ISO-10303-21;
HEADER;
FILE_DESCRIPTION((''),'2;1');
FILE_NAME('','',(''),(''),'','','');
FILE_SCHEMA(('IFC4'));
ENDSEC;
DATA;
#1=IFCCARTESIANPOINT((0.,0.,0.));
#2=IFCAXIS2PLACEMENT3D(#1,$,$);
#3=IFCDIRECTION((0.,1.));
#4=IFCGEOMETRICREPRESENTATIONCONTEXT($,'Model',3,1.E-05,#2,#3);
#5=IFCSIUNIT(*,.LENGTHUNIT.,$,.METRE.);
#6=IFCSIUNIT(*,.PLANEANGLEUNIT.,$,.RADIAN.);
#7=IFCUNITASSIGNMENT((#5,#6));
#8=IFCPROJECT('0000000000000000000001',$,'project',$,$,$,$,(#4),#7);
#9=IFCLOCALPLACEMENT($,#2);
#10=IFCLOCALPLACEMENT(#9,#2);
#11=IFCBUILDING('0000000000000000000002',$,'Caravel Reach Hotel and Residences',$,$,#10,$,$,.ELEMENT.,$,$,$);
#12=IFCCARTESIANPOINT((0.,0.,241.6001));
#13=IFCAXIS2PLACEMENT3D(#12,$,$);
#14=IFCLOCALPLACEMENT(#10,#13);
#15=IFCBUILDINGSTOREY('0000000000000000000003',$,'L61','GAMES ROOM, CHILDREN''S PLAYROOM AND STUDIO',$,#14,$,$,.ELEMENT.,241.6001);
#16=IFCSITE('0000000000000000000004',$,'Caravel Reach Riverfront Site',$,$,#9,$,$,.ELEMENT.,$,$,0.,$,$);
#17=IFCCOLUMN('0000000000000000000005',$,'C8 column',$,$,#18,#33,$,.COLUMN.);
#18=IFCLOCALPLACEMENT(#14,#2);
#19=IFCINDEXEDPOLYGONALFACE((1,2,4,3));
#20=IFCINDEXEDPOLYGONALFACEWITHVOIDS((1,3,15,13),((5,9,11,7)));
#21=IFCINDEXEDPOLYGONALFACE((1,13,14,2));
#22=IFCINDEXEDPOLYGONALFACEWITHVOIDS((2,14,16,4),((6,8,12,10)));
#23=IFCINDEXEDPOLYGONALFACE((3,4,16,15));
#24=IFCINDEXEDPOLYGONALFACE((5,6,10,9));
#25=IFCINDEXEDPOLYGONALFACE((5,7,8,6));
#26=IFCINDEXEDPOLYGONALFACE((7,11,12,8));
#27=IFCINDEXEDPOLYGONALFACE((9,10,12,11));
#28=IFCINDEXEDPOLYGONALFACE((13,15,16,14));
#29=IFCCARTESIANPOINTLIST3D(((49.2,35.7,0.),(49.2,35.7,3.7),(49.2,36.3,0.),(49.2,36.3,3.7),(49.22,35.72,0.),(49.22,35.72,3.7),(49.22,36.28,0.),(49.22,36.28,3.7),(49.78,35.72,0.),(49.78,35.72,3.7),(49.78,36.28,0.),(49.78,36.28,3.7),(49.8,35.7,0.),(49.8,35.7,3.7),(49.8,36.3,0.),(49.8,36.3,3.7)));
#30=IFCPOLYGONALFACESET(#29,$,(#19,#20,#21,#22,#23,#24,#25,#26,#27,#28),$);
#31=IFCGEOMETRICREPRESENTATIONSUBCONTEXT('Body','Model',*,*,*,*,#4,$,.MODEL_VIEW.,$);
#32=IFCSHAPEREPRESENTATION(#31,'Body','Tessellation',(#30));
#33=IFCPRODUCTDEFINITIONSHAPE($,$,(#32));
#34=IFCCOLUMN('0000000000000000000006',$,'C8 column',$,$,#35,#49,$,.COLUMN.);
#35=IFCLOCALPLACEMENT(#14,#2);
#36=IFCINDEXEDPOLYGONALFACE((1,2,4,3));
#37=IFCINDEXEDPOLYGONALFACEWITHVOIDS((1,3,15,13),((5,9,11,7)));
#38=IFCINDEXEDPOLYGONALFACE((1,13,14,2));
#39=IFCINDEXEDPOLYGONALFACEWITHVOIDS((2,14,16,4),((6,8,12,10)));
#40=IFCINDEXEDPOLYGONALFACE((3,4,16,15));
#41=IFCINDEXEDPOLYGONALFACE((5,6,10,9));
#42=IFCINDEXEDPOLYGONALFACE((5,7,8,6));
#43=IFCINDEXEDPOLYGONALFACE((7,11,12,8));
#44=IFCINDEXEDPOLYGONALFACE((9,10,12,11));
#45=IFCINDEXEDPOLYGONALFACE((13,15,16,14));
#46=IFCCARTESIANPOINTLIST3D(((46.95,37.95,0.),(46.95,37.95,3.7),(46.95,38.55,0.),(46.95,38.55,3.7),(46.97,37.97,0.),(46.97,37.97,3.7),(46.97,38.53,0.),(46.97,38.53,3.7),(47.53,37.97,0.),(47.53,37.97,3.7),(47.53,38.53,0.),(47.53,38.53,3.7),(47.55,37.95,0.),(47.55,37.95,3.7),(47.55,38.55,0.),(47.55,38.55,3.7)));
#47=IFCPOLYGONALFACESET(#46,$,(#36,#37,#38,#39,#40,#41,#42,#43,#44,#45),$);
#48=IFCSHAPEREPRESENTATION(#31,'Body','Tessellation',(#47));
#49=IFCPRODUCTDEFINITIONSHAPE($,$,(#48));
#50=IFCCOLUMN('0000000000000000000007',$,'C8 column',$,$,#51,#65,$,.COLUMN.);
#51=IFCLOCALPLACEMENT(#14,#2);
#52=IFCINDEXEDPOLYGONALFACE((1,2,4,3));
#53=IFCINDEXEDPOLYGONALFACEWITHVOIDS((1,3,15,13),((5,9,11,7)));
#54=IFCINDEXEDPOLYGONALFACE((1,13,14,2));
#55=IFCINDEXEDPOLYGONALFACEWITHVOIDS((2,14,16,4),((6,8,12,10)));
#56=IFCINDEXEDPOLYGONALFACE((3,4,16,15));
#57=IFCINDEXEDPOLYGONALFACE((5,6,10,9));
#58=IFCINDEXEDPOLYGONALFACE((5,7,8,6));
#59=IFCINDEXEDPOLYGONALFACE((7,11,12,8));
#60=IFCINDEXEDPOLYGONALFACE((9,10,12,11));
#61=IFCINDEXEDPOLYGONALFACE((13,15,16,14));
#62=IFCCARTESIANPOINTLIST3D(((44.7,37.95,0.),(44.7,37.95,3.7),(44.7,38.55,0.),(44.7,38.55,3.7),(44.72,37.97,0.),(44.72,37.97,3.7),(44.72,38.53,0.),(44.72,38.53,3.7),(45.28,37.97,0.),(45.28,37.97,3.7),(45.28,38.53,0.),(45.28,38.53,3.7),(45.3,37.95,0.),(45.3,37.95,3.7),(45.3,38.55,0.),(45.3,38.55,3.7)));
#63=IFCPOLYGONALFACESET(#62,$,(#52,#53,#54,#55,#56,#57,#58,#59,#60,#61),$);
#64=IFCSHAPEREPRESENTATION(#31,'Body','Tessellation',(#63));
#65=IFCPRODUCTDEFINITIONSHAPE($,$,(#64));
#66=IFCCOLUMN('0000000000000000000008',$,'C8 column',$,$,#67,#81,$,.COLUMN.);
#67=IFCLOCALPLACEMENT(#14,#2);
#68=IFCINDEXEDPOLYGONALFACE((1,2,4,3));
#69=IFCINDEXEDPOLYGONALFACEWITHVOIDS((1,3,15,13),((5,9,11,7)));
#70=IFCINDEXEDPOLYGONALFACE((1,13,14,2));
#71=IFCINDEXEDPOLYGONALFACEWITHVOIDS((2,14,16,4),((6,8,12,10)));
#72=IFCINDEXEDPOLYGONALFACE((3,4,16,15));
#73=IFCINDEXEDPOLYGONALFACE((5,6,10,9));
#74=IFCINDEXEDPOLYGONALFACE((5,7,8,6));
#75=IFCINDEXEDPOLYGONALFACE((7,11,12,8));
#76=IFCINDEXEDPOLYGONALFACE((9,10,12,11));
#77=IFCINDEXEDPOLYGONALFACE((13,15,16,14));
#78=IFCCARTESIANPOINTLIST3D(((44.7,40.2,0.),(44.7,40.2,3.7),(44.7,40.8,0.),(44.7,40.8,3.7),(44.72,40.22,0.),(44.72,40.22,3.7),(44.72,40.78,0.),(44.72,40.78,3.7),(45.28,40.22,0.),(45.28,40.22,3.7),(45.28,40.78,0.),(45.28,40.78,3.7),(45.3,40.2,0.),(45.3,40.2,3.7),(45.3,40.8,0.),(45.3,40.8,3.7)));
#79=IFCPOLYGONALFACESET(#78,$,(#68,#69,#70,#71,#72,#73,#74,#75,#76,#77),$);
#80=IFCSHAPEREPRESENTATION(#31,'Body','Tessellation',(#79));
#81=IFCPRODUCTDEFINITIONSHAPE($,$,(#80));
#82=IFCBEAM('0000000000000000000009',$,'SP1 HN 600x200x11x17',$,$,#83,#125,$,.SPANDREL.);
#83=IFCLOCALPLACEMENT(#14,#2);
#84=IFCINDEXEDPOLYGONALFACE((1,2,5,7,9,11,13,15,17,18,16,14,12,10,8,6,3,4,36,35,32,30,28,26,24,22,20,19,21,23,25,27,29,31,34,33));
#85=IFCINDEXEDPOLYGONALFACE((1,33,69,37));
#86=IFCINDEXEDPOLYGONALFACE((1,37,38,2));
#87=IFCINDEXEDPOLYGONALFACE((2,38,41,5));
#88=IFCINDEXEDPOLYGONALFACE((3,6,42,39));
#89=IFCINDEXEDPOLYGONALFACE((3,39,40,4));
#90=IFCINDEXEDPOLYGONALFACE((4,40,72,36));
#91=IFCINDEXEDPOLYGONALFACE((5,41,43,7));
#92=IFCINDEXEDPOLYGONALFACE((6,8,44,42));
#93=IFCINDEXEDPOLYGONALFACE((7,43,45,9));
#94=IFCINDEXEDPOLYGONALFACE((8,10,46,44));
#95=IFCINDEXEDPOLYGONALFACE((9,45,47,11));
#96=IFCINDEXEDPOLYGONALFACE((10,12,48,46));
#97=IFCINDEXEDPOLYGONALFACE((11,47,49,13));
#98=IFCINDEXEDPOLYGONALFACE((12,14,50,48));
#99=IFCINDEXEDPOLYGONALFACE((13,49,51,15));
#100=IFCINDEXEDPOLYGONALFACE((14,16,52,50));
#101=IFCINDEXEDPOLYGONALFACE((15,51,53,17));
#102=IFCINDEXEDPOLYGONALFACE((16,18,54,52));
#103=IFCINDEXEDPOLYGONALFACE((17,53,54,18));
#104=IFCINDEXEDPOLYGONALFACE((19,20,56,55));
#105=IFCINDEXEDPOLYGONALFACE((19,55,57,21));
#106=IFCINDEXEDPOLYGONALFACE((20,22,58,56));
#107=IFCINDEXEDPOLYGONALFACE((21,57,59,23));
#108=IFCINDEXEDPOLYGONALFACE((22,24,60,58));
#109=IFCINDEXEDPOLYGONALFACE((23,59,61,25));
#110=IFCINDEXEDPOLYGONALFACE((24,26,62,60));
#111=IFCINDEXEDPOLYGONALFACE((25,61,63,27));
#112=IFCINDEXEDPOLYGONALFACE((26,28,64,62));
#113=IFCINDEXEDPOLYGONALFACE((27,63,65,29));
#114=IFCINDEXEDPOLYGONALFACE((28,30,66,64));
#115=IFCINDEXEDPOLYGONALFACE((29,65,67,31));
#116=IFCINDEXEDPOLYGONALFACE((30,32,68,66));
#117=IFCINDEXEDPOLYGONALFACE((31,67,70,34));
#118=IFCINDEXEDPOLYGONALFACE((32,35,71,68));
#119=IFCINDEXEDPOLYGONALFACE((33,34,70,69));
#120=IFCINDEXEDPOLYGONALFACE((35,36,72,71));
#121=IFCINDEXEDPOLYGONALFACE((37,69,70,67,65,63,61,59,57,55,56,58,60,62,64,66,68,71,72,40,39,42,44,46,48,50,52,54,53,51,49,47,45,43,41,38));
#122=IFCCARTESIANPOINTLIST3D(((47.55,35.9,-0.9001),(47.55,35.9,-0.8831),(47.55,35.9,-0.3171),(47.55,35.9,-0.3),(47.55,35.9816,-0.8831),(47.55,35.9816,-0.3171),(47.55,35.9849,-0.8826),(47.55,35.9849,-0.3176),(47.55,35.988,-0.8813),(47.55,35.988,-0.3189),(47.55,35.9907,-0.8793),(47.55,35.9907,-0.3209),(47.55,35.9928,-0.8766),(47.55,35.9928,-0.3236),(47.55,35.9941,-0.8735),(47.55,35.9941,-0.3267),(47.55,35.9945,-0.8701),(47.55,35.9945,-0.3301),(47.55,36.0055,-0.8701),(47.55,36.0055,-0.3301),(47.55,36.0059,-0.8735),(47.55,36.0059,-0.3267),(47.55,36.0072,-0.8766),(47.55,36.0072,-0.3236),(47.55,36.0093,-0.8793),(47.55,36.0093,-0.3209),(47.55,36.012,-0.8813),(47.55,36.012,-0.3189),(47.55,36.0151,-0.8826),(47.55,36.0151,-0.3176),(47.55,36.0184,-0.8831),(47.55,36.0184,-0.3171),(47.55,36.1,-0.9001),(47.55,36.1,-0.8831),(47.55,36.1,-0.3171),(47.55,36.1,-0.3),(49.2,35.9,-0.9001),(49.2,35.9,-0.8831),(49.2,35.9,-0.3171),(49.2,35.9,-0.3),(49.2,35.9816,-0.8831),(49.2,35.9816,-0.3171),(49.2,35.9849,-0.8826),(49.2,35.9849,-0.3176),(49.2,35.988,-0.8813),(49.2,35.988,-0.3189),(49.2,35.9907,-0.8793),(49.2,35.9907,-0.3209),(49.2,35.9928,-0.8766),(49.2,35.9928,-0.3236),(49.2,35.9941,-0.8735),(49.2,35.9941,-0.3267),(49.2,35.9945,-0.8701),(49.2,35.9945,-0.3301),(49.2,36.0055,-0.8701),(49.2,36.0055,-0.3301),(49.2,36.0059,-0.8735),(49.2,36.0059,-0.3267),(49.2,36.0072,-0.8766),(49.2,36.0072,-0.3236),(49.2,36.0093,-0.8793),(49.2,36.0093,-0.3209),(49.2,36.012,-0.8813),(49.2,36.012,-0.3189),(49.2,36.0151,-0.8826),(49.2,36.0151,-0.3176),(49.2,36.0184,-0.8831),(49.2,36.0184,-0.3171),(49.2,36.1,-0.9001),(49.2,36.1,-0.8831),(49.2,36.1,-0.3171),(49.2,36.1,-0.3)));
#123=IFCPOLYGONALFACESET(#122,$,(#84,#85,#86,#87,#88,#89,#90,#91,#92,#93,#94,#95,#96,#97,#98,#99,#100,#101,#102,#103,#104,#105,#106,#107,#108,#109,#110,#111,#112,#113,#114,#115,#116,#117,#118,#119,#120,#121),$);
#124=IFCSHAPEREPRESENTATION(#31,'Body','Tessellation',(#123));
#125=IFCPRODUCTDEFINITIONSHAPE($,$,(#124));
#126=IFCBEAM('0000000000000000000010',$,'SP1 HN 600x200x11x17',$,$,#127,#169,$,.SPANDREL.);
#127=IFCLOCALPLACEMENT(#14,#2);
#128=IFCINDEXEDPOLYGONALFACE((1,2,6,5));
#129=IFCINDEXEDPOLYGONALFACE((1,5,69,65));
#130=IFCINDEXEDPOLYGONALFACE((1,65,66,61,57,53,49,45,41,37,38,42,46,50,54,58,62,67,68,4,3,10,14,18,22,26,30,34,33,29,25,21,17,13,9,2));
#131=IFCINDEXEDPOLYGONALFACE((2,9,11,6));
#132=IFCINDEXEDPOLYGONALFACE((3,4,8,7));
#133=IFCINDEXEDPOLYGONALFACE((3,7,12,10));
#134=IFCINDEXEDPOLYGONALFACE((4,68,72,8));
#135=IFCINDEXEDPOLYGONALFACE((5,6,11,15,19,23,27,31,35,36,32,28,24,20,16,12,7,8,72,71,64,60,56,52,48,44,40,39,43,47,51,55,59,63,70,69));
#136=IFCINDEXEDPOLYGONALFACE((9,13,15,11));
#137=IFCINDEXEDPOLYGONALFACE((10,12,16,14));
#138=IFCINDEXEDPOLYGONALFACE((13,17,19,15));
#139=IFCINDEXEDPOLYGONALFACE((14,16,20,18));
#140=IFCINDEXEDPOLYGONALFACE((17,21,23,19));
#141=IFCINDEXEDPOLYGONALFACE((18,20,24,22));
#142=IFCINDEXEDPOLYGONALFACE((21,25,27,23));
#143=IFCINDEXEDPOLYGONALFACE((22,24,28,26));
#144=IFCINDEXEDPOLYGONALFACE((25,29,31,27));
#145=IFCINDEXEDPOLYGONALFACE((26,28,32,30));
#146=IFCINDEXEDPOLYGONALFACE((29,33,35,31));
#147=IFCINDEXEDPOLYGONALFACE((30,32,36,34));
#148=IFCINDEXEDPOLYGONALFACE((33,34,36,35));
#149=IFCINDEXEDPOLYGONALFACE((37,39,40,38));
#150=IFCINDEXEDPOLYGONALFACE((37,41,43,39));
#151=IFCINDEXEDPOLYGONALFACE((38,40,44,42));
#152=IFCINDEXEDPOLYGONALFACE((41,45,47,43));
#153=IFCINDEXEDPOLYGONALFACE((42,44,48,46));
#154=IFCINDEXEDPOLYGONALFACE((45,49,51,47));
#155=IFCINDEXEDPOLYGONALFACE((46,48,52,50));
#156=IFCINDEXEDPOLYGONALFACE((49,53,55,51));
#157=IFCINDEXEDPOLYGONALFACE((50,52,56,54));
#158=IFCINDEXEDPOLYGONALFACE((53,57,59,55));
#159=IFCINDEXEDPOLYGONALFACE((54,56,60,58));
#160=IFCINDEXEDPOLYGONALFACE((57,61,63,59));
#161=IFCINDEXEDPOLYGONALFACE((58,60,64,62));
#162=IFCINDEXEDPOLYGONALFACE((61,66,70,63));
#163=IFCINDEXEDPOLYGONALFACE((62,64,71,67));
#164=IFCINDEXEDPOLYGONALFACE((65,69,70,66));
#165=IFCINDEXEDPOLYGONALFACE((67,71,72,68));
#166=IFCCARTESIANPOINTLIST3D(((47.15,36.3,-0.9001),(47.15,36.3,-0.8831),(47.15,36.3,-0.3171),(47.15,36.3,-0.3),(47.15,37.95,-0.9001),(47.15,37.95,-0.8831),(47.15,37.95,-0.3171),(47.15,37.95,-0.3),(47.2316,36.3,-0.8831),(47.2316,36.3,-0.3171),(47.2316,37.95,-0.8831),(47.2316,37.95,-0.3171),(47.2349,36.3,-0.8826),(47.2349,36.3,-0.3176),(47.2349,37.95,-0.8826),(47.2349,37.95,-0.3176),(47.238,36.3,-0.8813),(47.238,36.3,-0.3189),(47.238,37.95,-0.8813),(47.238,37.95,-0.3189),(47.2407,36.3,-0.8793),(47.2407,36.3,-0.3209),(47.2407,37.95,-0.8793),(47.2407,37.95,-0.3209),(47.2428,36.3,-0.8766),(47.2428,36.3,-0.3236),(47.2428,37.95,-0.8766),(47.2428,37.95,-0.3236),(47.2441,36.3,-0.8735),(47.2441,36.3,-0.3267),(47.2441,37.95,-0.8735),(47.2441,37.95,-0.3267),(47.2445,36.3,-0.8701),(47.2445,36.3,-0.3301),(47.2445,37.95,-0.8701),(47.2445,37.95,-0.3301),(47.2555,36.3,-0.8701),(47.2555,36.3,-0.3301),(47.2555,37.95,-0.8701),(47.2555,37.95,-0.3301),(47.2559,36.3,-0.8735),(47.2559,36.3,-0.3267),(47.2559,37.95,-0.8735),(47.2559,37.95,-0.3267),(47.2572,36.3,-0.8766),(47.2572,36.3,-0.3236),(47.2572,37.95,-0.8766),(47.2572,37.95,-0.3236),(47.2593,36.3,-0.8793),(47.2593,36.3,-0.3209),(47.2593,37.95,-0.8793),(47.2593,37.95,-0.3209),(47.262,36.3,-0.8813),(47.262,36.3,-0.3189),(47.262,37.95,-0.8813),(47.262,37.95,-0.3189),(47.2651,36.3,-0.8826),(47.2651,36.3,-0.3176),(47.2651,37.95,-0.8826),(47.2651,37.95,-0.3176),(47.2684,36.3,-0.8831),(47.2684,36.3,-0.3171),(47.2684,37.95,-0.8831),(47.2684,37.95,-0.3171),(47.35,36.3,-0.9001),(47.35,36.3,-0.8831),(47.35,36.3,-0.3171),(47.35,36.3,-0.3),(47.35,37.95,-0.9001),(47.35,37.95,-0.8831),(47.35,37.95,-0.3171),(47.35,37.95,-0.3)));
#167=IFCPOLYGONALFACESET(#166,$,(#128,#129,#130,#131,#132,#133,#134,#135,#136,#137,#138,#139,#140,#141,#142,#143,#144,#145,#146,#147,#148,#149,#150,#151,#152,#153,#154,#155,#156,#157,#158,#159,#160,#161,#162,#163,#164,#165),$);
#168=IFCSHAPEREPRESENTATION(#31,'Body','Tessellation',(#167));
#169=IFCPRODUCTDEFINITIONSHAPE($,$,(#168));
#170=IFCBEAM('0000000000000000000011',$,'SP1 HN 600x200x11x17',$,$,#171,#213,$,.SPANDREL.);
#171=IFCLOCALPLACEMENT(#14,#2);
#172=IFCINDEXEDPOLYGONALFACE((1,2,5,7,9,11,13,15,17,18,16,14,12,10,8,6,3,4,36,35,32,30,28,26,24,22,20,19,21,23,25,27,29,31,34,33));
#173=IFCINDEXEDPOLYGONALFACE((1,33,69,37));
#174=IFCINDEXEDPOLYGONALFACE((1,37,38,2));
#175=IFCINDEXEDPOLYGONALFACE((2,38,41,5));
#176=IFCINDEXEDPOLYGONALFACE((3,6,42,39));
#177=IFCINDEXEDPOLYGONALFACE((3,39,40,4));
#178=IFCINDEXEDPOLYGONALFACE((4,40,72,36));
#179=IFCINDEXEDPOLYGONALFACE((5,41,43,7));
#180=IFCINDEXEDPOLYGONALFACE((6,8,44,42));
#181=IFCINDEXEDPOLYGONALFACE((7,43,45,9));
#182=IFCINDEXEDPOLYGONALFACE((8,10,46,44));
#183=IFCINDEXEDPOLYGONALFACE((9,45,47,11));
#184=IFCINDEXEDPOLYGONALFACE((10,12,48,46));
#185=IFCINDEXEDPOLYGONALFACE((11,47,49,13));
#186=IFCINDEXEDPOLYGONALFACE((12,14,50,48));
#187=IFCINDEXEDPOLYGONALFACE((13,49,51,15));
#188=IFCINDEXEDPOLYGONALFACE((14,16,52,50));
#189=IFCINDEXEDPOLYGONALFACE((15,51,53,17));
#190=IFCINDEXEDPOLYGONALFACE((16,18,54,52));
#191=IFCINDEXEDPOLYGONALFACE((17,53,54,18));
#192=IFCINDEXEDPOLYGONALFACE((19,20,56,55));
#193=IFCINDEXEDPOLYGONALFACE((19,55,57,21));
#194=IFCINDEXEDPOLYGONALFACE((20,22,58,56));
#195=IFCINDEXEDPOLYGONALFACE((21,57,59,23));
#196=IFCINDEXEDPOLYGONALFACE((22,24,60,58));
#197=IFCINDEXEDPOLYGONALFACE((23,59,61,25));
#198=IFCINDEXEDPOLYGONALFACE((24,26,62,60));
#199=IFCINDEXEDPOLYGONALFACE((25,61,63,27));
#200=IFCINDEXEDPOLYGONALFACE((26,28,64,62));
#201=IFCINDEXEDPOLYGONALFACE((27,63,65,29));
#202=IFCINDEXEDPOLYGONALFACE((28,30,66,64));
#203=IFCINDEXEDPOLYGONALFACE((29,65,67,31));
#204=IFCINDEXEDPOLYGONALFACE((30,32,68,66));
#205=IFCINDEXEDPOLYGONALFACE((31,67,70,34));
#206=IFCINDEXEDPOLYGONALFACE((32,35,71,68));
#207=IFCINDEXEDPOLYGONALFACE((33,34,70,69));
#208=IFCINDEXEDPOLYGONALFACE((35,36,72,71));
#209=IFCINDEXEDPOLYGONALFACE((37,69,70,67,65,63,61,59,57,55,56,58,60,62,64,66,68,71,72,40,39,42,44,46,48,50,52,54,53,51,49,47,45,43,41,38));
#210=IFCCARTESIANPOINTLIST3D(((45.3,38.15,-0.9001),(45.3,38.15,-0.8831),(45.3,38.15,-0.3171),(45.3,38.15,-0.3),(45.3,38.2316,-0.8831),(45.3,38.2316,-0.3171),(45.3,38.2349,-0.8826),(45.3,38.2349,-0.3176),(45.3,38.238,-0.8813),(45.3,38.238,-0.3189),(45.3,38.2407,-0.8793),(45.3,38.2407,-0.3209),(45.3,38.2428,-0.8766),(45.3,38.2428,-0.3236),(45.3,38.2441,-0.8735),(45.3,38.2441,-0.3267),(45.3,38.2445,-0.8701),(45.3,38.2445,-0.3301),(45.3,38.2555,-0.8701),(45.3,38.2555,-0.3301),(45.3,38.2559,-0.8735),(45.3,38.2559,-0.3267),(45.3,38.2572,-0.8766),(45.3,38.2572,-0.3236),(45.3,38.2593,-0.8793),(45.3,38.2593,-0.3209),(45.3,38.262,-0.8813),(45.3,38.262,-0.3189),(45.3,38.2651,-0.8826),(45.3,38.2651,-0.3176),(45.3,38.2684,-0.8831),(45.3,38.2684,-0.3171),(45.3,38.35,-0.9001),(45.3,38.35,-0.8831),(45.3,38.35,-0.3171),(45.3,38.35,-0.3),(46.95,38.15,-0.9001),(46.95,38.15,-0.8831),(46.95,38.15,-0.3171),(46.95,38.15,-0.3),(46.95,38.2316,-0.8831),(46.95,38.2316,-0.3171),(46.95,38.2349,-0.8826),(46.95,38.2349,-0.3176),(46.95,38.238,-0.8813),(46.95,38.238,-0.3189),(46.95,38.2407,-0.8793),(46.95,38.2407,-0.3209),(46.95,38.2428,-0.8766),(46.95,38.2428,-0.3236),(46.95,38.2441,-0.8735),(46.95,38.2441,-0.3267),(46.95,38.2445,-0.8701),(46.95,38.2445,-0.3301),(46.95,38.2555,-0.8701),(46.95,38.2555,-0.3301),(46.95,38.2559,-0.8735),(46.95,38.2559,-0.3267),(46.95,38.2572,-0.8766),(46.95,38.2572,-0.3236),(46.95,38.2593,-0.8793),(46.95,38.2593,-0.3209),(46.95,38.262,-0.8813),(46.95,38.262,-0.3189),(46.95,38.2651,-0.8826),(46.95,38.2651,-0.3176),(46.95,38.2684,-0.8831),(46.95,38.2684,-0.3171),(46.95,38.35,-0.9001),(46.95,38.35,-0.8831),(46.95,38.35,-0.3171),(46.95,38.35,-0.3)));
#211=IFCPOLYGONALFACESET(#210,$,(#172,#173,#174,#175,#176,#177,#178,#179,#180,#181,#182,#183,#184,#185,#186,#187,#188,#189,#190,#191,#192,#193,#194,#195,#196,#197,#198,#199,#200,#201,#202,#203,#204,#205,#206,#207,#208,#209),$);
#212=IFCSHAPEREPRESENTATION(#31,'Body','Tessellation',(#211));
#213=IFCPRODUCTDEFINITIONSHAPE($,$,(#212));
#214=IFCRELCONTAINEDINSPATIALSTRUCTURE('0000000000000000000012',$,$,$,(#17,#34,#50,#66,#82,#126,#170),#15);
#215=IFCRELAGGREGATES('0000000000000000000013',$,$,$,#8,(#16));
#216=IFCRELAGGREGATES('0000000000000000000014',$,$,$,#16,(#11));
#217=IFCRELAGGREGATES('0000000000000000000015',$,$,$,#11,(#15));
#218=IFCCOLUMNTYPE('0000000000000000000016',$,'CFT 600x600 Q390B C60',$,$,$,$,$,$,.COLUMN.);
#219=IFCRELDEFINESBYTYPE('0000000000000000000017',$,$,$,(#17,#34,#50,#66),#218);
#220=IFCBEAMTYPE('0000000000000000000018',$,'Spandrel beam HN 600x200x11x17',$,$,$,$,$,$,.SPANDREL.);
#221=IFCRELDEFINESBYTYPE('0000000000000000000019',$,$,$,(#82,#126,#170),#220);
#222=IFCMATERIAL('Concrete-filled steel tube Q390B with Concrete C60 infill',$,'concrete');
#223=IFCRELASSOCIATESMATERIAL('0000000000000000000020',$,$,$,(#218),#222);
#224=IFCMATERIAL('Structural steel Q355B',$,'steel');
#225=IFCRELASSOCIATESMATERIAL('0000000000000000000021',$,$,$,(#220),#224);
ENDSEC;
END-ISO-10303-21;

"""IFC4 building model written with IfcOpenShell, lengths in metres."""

from ifc_helpers import new_model, si_unit, direction, frame, origin, origin_2d, place, context, subcontext, project, spatial, hollow_rectangle, i_section, extrude, material, material_profile, profile_set, type_object, element, save


model = new_model("IFC4")

# Units and contexts
model_context = context("Model", 3, precision=1e-05, world=origin(), true_north=direction((0.0, 1.0)))
body_context = subcontext(model_context, "Body", "Model", "MODEL_VIEW")
ifc_project = project(units=[si_unit("LENGTHUNIT", "METRE"), si_unit("PLANEANGLEUNIT", "RADIAN")], contexts=[model_context])

# Site, building, storey
site_placement = place(None, origin())
site = spatial("IfcSite", under=ifc_project, at=site_placement, Name="Caravel Reach Riverfront Site", CompositionType="ELEMENT", RefElevation=0.0)
building_placement = place(site_placement, origin())
building = spatial("IfcBuilding", under=site, at=building_placement, Name="Caravel Reach Hotel and Residences", CompositionType="ELEMENT")
storey_placement = place(building_placement, frame((0.0, 0.0, 241.6001)))
storey = spatial("IfcBuildingStorey", under=building, at=storey_placement, Name="L61", Description="GAMES ROOM, CHILDREN'S PLAYROOM AND STUDIO", CompositionType="ELEMENT", Elevation=241.6001)

# Columns
ifc_material_1 = material(Name="Concrete-filled steel tube Q390B with Concrete C60 infill", Category="concrete")
ifc_material_profile_1 = material_profile(ifc_material_1, hollow_rectangle(XDim=0.6001, YDim=0.6001, WallThickness=0.02, at=origin_2d()), Name="RHS 600x600x20")
ifc_profile_set_1 = profile_set([ifc_material_profile_1], Name="Concrete-filled steel tube Q390B with Concrete C60 infill")
column_type = type_object("IfcColumnType", Name="CFT 600x600 Q390B C60", PredefinedType="COLUMN", material=ifc_profile_set_1)
for number, where, z_axis, x_axis, name in (
    (1, (49.5, 36.0, 0.0), (0.0, 0.0, 1.0), (1.0, 0.0, 0.0), "C8 column"),
    (2, (47.25, 38.25, 0.0), (0.0, 0.0, 1.0), (1.0, 0.0, 0.0), "C8 column"),
    (3, (45.0, 38.25, 0.0), (0.0, 0.0, 1.0), (1.0, 0.0, 0.0), "C8 column"),
    (4, (45.0, 40.5, 0.0), (0.0, 0.0, 1.0), (1.0, 0.0, 0.0), "C8 column"),
):
    element("IfcColumn", number, at=place(storey_placement, frame(where, z_axis=z_axis, x_axis=x_axis)), inside=storey, type_object=column_type, Name=name, PredefinedType="COLUMN", context=body_context, shape_type="SweptSolid", body=[
        extrude(hollow_rectangle(XDim=0.6001, YDim=0.6001, WallThickness=0.02, at=origin_2d()), origin(), (0.0, 0.0, 1.0), 3.7),
    ])

# Beams
ifc_material_2 = material(Name="Structural steel Q355B", Category="steel")
ifc_material_profile_2 = material_profile(ifc_material_2, i_section(OverallWidth=0.2, OverallDepth=0.6001, WebThickness=0.011, FlangeThickness=0.0171, FilletRadius=0.0129, at=origin_2d()), Name="HN 600x200x11x17")
ifc_profile_set_2 = profile_set([ifc_material_profile_2], Name="Structural steel Q355B")
beam_type = type_object("IfcBeamType", Name="Spandrel beam HN 600x200x11x17", PredefinedType="SPANDREL", material=ifc_profile_set_2)
for number, where, z_axis, x_axis, name in (
    (5, (49.2, 36.0, -0.6001), (-1.0, 0.0, 0.0), (0.0, -1.0, 0.0), "SP1 HN 600x200x11x17"),
    (6, (47.25, 36.3, -0.6001), (0.0, 1.0, 0.0), (-1.0, 0.0, 0.0), "SP1 HN 600x200x11x17"),
    (7, (46.95, 38.25, -0.6001), (-1.0, 0.0, 0.0), (0.0, -1.0, 0.0), "SP1 HN 600x200x11x17"),
):
    element("IfcBeam", number, at=place(storey_placement, frame(where, z_axis=z_axis, x_axis=x_axis)), inside=storey, type_object=beam_type, Name=name, PredefinedType="SPANDREL", context=body_context, shape_type="SweptSolid", body=[
        extrude(i_section(OverallWidth=0.2, OverallDepth=0.6001, WebThickness=0.011, FlangeThickness=0.0171, FilletRadius=0.0129, at=origin_2d()), origin(), (0.0, 0.0, 1.0), 1.6499),
    ])

save(model, "model.ifc")
